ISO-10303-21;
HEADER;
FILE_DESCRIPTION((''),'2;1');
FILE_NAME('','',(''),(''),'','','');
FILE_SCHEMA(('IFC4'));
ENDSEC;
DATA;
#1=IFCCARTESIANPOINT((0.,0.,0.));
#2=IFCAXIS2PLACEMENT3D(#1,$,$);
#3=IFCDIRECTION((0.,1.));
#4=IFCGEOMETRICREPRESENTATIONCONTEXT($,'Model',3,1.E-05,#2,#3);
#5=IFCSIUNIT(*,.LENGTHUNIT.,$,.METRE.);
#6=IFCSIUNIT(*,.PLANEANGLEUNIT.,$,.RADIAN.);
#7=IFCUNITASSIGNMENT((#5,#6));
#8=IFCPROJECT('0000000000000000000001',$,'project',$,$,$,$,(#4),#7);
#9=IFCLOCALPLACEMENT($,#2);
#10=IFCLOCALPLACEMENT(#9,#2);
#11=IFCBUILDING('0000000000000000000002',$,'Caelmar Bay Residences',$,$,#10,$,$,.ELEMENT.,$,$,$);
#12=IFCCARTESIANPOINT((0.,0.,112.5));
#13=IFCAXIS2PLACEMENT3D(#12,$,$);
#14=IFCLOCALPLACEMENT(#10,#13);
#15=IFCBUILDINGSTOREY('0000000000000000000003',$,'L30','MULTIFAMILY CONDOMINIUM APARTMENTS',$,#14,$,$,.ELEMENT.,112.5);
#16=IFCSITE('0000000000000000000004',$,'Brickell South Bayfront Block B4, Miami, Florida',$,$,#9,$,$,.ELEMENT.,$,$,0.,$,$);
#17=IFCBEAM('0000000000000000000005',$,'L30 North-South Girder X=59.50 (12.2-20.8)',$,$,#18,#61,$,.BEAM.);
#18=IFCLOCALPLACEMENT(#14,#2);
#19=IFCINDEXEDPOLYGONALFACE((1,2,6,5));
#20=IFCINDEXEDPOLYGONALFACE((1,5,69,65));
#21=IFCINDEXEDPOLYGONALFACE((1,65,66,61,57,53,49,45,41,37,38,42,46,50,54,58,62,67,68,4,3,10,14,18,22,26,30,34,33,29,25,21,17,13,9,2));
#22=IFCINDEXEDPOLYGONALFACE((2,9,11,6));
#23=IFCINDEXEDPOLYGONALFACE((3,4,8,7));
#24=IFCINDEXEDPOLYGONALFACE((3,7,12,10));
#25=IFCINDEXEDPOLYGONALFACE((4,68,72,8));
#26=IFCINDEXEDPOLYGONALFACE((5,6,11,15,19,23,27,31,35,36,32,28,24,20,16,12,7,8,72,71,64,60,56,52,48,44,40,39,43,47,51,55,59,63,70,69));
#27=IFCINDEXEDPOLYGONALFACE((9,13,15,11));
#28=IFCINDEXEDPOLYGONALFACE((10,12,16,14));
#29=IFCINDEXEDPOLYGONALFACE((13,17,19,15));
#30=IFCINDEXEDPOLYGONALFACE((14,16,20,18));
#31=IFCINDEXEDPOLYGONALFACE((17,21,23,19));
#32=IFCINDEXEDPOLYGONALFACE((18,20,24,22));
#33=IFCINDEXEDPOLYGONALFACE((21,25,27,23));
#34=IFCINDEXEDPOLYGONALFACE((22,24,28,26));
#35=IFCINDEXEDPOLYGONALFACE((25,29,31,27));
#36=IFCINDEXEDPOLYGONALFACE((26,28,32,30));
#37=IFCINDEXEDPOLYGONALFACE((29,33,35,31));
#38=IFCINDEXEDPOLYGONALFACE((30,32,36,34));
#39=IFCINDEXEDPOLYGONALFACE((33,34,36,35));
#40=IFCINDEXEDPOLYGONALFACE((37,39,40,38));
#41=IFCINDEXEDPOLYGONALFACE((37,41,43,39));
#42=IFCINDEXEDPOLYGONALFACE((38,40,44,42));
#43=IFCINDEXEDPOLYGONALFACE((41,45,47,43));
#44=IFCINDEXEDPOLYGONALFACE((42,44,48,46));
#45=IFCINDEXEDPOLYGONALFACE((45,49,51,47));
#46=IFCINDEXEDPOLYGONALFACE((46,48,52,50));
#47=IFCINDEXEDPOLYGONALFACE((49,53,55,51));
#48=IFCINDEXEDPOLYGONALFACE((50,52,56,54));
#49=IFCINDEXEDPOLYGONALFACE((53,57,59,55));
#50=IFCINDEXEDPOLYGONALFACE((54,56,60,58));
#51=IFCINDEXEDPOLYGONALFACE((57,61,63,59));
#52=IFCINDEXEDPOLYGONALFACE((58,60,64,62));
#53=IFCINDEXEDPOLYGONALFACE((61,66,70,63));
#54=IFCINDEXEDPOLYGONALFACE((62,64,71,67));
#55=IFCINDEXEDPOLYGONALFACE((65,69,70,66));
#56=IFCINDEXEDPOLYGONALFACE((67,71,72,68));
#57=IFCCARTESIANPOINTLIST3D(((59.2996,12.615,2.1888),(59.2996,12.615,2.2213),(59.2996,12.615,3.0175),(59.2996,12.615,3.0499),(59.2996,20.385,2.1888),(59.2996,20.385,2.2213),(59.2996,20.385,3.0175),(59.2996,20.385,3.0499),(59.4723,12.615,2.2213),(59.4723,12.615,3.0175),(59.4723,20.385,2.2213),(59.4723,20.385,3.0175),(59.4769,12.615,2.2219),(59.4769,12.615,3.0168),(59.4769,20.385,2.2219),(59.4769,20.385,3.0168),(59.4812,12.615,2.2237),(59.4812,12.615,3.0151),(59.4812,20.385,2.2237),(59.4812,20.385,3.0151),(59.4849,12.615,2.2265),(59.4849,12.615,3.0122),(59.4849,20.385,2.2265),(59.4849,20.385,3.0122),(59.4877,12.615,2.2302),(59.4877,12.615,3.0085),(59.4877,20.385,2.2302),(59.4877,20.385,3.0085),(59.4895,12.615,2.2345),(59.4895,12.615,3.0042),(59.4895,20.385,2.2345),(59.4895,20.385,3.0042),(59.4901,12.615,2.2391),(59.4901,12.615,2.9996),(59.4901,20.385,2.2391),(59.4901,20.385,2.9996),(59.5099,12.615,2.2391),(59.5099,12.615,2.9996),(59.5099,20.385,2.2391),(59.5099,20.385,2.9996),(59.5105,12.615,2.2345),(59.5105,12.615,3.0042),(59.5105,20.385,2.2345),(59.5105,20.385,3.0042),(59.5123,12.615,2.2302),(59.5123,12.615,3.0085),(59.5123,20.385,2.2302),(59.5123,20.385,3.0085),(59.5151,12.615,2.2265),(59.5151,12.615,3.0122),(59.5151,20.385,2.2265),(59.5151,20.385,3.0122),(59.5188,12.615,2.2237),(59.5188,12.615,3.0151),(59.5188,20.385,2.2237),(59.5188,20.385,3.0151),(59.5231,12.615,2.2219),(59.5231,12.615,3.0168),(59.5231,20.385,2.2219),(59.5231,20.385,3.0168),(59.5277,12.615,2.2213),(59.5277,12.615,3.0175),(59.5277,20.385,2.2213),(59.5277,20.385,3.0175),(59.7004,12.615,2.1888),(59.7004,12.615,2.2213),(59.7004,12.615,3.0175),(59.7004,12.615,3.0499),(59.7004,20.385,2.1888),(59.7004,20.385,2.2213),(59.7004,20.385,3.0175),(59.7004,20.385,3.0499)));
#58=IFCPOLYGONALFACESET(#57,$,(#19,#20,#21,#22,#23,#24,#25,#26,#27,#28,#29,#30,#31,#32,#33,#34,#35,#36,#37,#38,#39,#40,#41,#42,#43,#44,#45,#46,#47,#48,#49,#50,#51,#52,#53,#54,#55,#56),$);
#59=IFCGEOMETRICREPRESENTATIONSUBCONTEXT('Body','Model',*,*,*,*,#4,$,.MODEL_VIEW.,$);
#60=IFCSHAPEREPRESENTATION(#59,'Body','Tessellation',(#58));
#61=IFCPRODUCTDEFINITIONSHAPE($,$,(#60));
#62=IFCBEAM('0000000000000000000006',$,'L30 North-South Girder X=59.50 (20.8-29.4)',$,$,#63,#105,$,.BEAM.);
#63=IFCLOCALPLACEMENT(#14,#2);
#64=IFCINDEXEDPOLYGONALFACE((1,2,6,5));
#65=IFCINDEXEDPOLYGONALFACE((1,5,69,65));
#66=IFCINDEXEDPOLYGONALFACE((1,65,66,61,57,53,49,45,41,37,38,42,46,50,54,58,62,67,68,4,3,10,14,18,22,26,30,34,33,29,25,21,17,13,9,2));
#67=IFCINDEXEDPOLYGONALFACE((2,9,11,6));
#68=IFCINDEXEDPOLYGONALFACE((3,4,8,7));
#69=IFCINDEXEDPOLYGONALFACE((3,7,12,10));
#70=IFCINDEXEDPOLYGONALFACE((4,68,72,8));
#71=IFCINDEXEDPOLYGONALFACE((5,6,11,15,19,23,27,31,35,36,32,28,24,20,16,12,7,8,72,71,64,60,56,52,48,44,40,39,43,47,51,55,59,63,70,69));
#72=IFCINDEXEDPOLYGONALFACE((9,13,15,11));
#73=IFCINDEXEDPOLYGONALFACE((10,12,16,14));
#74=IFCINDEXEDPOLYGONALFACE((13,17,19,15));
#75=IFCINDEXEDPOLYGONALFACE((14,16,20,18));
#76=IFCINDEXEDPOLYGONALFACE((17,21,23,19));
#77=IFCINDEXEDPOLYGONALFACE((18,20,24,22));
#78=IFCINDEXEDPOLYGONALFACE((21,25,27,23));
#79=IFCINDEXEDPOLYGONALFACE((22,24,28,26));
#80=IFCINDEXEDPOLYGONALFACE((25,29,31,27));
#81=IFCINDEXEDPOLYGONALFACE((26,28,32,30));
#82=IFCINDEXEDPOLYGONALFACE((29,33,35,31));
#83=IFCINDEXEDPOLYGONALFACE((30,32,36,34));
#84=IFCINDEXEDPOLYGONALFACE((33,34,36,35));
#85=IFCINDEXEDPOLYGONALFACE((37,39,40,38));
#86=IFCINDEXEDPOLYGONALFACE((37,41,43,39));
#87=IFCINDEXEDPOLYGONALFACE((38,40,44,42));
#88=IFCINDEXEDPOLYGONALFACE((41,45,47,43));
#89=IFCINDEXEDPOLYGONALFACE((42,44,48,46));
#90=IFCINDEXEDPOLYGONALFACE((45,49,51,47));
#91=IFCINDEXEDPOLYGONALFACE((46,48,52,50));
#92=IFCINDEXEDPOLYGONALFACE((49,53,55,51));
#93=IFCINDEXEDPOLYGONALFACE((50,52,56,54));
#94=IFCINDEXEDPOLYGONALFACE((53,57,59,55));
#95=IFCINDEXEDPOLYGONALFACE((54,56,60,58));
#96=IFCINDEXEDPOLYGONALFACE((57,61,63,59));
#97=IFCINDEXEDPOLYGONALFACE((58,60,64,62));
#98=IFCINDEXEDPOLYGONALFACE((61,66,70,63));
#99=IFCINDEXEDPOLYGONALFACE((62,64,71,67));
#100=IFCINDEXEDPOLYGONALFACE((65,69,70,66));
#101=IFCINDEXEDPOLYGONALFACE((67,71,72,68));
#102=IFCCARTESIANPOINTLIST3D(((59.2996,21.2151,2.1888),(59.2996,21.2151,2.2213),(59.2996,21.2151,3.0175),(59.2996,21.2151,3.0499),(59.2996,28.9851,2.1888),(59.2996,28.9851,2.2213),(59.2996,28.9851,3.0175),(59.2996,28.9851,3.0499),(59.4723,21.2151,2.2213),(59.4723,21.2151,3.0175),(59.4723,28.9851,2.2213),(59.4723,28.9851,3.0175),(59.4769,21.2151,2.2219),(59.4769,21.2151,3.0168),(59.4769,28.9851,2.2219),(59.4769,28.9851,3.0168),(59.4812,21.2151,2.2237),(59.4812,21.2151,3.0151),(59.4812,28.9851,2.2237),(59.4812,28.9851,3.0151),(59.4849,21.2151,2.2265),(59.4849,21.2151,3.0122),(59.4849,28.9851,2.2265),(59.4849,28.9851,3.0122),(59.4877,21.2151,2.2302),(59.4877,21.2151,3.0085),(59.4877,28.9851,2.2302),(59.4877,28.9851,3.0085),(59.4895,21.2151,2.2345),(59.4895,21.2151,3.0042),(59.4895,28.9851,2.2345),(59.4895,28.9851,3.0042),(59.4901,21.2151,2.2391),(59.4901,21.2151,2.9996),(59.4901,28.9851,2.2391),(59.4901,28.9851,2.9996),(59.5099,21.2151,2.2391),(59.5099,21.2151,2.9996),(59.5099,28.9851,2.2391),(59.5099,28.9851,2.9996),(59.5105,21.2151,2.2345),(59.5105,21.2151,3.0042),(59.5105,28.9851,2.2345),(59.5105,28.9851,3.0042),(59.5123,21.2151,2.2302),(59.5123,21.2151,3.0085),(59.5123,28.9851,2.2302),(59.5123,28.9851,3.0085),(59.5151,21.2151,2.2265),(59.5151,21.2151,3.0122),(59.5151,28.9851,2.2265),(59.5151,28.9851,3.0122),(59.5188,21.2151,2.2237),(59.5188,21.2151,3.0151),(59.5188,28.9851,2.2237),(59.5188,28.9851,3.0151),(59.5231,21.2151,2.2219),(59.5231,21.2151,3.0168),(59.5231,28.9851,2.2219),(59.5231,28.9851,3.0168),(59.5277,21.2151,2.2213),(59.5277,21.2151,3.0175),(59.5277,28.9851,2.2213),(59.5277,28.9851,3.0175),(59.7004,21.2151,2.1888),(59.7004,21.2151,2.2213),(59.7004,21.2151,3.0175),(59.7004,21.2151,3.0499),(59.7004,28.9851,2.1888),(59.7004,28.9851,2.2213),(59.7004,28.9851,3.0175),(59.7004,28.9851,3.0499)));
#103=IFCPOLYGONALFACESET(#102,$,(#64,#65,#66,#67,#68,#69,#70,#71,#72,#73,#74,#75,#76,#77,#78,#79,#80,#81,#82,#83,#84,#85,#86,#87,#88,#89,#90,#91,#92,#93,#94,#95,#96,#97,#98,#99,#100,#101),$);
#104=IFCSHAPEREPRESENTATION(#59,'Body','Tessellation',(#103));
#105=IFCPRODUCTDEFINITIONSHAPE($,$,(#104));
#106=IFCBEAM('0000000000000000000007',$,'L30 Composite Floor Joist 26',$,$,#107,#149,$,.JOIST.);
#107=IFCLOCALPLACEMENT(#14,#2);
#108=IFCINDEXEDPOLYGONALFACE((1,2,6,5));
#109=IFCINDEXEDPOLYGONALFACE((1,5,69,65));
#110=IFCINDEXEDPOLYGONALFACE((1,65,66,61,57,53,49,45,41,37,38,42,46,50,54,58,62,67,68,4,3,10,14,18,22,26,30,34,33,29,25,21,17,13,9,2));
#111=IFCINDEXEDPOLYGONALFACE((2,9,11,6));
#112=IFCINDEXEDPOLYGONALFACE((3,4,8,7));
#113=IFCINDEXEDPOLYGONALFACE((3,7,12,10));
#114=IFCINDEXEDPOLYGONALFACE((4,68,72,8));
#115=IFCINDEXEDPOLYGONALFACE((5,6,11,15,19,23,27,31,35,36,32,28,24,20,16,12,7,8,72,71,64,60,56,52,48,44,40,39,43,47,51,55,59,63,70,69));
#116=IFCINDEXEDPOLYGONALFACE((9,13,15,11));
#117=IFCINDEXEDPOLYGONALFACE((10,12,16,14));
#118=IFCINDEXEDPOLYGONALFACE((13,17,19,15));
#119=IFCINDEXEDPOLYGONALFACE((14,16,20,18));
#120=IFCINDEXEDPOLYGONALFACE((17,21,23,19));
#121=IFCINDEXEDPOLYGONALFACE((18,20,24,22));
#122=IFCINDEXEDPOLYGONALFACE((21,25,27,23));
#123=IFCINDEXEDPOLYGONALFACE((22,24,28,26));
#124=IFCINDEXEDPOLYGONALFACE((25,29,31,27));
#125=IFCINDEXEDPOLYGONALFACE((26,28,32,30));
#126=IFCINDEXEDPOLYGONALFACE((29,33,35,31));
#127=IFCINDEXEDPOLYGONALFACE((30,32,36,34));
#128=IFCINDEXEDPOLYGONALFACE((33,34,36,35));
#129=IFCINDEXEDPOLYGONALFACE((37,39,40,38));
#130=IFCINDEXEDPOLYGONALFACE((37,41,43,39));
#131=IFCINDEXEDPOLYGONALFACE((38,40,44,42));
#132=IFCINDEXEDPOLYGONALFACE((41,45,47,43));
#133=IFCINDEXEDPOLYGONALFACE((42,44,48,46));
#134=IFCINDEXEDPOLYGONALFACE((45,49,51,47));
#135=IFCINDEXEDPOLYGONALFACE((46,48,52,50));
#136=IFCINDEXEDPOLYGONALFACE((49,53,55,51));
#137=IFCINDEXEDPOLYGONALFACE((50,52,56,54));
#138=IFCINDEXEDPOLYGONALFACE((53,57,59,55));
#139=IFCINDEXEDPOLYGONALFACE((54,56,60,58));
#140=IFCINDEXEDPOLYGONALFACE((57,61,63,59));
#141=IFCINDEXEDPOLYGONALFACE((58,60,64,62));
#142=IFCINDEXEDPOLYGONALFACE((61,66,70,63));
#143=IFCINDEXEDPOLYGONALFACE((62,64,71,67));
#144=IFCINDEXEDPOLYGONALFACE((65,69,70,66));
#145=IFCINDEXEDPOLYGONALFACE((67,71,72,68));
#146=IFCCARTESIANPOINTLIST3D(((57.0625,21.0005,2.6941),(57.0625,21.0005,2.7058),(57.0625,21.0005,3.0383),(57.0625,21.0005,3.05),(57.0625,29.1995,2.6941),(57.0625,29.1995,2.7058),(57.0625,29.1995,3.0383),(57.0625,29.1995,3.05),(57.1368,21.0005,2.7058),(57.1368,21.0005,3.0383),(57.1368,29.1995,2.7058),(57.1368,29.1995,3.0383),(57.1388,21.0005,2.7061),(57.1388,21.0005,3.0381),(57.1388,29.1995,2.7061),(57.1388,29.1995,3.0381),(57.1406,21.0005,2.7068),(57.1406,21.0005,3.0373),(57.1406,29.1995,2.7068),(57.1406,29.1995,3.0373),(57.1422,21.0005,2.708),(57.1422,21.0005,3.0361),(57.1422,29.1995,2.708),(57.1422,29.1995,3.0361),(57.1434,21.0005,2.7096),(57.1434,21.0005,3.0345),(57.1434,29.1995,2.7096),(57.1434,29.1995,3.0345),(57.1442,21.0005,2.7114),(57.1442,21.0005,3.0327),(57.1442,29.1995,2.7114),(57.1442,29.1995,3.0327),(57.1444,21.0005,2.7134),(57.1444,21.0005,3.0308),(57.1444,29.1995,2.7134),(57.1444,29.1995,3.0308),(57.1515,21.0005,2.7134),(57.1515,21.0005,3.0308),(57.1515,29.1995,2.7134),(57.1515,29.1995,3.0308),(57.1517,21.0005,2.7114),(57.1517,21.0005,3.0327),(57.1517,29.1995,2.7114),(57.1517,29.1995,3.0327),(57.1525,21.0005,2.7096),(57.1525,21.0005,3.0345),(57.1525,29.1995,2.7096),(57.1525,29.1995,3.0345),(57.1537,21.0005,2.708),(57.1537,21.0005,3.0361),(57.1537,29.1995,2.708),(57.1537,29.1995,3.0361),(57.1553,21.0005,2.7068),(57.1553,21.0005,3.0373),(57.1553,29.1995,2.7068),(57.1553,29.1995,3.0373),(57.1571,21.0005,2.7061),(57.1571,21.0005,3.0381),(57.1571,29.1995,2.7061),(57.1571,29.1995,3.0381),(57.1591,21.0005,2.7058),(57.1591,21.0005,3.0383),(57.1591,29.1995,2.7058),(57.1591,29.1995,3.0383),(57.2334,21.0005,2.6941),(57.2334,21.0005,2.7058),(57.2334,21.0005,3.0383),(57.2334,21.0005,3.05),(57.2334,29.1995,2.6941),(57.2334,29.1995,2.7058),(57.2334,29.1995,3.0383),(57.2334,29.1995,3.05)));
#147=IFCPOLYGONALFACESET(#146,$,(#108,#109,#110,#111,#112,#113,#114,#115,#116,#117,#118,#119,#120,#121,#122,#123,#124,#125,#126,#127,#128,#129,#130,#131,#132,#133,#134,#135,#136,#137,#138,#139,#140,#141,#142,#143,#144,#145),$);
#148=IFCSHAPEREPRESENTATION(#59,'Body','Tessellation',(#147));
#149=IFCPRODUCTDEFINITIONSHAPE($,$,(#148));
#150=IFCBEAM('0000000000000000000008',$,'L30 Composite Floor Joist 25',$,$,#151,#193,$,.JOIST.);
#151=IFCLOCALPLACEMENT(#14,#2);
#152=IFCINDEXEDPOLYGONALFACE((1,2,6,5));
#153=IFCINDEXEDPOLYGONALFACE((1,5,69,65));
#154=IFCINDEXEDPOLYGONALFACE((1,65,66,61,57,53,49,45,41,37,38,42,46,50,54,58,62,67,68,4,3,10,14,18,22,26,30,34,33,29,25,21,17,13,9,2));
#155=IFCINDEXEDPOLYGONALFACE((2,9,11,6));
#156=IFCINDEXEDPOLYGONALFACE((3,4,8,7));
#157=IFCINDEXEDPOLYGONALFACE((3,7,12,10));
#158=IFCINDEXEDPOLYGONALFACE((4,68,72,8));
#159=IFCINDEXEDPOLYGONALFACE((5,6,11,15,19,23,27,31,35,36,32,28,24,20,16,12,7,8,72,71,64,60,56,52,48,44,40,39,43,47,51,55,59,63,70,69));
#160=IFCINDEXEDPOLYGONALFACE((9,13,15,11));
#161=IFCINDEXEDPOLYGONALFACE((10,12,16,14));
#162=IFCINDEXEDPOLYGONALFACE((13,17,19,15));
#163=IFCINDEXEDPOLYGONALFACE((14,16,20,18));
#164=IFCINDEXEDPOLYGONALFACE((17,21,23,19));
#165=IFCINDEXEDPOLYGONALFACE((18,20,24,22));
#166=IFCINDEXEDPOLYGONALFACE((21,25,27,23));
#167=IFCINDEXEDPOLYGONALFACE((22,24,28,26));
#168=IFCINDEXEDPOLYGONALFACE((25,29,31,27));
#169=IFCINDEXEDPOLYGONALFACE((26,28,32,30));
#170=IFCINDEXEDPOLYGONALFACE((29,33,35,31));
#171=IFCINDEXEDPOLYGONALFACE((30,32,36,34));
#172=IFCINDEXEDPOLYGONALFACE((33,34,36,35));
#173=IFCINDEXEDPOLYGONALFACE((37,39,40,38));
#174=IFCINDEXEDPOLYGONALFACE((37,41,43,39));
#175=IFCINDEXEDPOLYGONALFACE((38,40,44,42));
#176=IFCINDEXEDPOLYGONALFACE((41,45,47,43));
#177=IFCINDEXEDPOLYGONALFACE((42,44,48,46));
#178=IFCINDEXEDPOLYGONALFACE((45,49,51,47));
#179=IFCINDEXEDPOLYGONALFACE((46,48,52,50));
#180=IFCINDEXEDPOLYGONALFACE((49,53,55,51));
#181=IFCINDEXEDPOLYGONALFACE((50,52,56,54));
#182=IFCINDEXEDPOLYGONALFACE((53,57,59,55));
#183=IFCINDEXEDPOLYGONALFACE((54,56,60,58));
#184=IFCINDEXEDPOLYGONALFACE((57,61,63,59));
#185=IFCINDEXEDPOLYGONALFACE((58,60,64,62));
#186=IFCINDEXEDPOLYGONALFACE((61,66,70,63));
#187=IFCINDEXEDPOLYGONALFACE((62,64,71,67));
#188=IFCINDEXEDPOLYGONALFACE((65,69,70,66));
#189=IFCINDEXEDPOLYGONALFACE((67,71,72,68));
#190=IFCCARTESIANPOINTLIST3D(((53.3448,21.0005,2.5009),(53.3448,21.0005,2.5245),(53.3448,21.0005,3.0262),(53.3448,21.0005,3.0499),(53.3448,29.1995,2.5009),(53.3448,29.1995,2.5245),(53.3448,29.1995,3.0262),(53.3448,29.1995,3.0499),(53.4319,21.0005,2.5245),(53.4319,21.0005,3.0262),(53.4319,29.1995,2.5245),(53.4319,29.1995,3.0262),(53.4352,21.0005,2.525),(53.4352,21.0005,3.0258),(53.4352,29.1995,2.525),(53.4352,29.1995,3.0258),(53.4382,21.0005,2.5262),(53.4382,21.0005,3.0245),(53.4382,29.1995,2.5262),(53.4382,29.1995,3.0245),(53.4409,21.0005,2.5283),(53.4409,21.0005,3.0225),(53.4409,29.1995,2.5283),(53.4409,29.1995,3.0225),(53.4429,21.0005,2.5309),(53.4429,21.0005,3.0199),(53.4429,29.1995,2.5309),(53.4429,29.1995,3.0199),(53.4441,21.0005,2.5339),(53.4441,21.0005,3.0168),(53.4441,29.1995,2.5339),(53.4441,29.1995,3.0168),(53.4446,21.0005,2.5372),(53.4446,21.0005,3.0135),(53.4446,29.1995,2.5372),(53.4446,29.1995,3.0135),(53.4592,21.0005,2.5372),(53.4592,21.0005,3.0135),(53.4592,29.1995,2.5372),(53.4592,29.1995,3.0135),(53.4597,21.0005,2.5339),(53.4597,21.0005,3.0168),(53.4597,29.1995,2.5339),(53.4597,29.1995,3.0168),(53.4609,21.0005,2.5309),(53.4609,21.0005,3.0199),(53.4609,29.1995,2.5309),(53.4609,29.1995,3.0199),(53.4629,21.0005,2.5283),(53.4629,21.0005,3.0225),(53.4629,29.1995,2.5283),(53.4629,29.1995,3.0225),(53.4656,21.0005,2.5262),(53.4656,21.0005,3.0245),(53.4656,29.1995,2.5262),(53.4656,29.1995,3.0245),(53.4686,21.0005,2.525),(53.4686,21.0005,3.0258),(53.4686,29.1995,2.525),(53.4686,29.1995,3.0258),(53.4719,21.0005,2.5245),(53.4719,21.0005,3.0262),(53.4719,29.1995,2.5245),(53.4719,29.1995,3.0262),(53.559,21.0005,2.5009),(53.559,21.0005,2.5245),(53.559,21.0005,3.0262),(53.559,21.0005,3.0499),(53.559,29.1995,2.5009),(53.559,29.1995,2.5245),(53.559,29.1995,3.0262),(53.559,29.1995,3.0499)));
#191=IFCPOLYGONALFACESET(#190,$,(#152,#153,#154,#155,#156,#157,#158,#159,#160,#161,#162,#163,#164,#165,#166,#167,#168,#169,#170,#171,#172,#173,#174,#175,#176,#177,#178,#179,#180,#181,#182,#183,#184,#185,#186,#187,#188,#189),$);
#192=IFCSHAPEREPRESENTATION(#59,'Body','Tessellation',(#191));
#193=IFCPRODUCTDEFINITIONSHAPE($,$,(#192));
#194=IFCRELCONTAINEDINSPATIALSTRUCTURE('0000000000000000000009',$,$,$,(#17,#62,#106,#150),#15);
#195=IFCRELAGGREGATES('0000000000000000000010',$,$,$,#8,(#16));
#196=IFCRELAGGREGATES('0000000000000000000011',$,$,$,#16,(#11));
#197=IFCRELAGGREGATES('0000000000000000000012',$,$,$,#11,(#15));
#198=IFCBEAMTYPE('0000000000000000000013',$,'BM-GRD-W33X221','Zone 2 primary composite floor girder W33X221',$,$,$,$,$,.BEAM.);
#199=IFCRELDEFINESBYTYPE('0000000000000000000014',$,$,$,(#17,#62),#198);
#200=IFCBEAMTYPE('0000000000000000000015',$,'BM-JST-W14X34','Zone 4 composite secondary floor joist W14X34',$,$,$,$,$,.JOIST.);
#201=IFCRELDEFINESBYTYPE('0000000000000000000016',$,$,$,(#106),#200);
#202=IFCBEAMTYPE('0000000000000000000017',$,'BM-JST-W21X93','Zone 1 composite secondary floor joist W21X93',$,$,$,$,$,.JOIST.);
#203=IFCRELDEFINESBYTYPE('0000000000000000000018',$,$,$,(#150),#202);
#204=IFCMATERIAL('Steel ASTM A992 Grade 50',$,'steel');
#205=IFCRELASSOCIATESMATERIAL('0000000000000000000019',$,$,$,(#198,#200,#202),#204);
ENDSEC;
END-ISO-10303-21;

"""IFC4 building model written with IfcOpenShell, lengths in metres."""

from ifc_helpers import new_model, si_unit, direction, frame, origin, origin_2d, place, context, subcontext, project, spatial, i_section, extrude, material, material_profile, profile_set, type_object, element, save


model = new_model("IFC4")

# Units and contexts
model_context = context("Model", 3, precision=1e-05, world=origin(), true_north=direction((0.0, 1.0)))
body_context = subcontext(model_context, "Body", "Model", "MODEL_VIEW")
ifc_project = project(units=[si_unit("LENGTHUNIT", "METRE"), si_unit("PLANEANGLEUNIT", "RADIAN")], contexts=[model_context])

# Site, building, storey
site_placement = place(None, origin())
site = spatial("IfcSite", under=ifc_project, at=site_placement, Name="Brickell South Bayfront Block B4, Miami, Florida", CompositionType="ELEMENT", RefElevation=0.0)
building_placement = place(site_placement, origin())
building = spatial("IfcBuilding", under=site, at=building_placement, Name="Caelmar Bay Residences", CompositionType="ELEMENT")
storey_placement = place(building_placement, frame((0.0, 0.0, 112.5)))
storey = spatial("IfcBuildingStorey", under=building, at=storey_placement, Name="L30", Description="MULTIFAMILY CONDOMINIUM APARTMENTS", CompositionType="ELEMENT", Elevation=112.5)

# Beams
ifc_material_1 = material(Name="Steel ASTM A992 Grade 50", Category="steel")
ifc_material_profile_1 = material_profile(ifc_material_1, i_section(OverallWidth=0.4009, OverallDepth=0.8611, WebThickness=0.0198, FlangeThickness=0.0325, FilletRadius=0.0178, at=origin_2d()), Name="W33X221")
ifc_profile_set_1 = profile_set([ifc_material_profile_1], Name="Steel ASTM A992 Grade 50")
beam_type_1 = type_object("IfcBeamType", Name="BM-GRD-W33X221", Description="Zone 2 primary composite floor girder W33X221", PredefinedType="BEAM", material=ifc_profile_set_1)
for number, where, z_axis, x_axis, name in (
    (1, (59.5, 12.615, 2.6194), (0.0, 1.0, 0.0), (-1.0, 0.0, 0.0), "L30 North-South Girder X=59.50 (12.2-20.8)"),
    (2, (59.5, 21.2151, 2.6194), (0.0, 1.0, 0.0), (-1.0, 0.0, 0.0), "L30 North-South Girder X=59.50 (20.8-29.4)"),
):
    element("IfcBeam", number, at=place(storey_placement, frame(where, z_axis=z_axis, x_axis=x_axis)), inside=storey, type_object=beam_type_1, Name=name, PredefinedType="BEAM", context=body_context, shape_type="SweptSolid", body=[
        extrude(i_section(OverallWidth=0.4009, OverallDepth=0.8611, WebThickness=0.0198, FlangeThickness=0.0325, FilletRadius=0.0178, at=origin_2d()), origin(), (0.0, 0.0, 1.0), 7.77),
    ])
ifc_material_profile_2 = material_profile(ifc_material_1, i_section(OverallWidth=0.1709, OverallDepth=0.356, WebThickness=0.0071, FlangeThickness=0.0117, FilletRadius=0.0076, at=origin_2d()), Name="W14X34")
ifc_profile_set_2 = profile_set([ifc_material_profile_2], Name="Steel ASTM A992 Grade 50")
beam_type_2 = type_object("IfcBeamType", Name="BM-JST-W14X34", Description="Zone 4 composite secondary floor joist W14X34", PredefinedType="JOIST", material=ifc_profile_set_2)
beam_placement = place(storey_placement, frame((57.1479, 21.0005, 2.8721), z_axis=(0.0, 1.0, 0.0), x_axis=(-1.0, 0.0, 0.0)))
element("IfcBeam", 3, at=beam_placement, inside=storey, type_object=beam_type_2, Name="L30 Composite Floor Joist 26", PredefinedType="JOIST", context=body_context, shape_type="SweptSolid", body=[
    extrude(i_section(OverallWidth=0.1709, OverallDepth=0.356, WebThickness=0.0071, FlangeThickness=0.0117, FilletRadius=0.0076, at=origin_2d()), origin(), (0.0, 0.0, 1.0), 8.199),
])
ifc_material_profile_3 = material_profile(ifc_material_1, i_section(OverallWidth=0.2141, OverallDepth=0.5491, WebThickness=0.0146, FlangeThickness=0.0237, FilletRadius=0.0127, at=origin_2d()), Name="W21X93")
ifc_profile_set_3 = profile_set([ifc_material_profile_3], Name="Steel ASTM A992 Grade 50")
beam_type_3 = type_object("IfcBeamType", Name="BM-JST-W21X93", Description="Zone 1 composite secondary floor joist W21X93", PredefinedType="JOIST", material=ifc_profile_set_3)
for number, where, z_axis, x_axis, name in (
    (4, (53.4519, 21.0005, 2.7754), (0.0, 1.0, 0.0), (-1.0, 0.0, 0.0), "L30 Composite Floor Joist 25"),
):
    element("IfcBeam", number, at=place(storey_placement, frame(where, z_axis=z_axis, x_axis=x_axis)), inside=storey, type_object=beam_type_3, Name=name, PredefinedType="JOIST", context=body_context, shape_type="SweptSolid", body=[
        extrude(i_section(OverallWidth=0.2141, OverallDepth=0.5491, WebThickness=0.0146, FlangeThickness=0.0237, FilletRadius=0.0127, at=origin_2d()), origin(), (0.0, 0.0, 1.0), 8.199),
    ])

save(model, "model.ifc")
